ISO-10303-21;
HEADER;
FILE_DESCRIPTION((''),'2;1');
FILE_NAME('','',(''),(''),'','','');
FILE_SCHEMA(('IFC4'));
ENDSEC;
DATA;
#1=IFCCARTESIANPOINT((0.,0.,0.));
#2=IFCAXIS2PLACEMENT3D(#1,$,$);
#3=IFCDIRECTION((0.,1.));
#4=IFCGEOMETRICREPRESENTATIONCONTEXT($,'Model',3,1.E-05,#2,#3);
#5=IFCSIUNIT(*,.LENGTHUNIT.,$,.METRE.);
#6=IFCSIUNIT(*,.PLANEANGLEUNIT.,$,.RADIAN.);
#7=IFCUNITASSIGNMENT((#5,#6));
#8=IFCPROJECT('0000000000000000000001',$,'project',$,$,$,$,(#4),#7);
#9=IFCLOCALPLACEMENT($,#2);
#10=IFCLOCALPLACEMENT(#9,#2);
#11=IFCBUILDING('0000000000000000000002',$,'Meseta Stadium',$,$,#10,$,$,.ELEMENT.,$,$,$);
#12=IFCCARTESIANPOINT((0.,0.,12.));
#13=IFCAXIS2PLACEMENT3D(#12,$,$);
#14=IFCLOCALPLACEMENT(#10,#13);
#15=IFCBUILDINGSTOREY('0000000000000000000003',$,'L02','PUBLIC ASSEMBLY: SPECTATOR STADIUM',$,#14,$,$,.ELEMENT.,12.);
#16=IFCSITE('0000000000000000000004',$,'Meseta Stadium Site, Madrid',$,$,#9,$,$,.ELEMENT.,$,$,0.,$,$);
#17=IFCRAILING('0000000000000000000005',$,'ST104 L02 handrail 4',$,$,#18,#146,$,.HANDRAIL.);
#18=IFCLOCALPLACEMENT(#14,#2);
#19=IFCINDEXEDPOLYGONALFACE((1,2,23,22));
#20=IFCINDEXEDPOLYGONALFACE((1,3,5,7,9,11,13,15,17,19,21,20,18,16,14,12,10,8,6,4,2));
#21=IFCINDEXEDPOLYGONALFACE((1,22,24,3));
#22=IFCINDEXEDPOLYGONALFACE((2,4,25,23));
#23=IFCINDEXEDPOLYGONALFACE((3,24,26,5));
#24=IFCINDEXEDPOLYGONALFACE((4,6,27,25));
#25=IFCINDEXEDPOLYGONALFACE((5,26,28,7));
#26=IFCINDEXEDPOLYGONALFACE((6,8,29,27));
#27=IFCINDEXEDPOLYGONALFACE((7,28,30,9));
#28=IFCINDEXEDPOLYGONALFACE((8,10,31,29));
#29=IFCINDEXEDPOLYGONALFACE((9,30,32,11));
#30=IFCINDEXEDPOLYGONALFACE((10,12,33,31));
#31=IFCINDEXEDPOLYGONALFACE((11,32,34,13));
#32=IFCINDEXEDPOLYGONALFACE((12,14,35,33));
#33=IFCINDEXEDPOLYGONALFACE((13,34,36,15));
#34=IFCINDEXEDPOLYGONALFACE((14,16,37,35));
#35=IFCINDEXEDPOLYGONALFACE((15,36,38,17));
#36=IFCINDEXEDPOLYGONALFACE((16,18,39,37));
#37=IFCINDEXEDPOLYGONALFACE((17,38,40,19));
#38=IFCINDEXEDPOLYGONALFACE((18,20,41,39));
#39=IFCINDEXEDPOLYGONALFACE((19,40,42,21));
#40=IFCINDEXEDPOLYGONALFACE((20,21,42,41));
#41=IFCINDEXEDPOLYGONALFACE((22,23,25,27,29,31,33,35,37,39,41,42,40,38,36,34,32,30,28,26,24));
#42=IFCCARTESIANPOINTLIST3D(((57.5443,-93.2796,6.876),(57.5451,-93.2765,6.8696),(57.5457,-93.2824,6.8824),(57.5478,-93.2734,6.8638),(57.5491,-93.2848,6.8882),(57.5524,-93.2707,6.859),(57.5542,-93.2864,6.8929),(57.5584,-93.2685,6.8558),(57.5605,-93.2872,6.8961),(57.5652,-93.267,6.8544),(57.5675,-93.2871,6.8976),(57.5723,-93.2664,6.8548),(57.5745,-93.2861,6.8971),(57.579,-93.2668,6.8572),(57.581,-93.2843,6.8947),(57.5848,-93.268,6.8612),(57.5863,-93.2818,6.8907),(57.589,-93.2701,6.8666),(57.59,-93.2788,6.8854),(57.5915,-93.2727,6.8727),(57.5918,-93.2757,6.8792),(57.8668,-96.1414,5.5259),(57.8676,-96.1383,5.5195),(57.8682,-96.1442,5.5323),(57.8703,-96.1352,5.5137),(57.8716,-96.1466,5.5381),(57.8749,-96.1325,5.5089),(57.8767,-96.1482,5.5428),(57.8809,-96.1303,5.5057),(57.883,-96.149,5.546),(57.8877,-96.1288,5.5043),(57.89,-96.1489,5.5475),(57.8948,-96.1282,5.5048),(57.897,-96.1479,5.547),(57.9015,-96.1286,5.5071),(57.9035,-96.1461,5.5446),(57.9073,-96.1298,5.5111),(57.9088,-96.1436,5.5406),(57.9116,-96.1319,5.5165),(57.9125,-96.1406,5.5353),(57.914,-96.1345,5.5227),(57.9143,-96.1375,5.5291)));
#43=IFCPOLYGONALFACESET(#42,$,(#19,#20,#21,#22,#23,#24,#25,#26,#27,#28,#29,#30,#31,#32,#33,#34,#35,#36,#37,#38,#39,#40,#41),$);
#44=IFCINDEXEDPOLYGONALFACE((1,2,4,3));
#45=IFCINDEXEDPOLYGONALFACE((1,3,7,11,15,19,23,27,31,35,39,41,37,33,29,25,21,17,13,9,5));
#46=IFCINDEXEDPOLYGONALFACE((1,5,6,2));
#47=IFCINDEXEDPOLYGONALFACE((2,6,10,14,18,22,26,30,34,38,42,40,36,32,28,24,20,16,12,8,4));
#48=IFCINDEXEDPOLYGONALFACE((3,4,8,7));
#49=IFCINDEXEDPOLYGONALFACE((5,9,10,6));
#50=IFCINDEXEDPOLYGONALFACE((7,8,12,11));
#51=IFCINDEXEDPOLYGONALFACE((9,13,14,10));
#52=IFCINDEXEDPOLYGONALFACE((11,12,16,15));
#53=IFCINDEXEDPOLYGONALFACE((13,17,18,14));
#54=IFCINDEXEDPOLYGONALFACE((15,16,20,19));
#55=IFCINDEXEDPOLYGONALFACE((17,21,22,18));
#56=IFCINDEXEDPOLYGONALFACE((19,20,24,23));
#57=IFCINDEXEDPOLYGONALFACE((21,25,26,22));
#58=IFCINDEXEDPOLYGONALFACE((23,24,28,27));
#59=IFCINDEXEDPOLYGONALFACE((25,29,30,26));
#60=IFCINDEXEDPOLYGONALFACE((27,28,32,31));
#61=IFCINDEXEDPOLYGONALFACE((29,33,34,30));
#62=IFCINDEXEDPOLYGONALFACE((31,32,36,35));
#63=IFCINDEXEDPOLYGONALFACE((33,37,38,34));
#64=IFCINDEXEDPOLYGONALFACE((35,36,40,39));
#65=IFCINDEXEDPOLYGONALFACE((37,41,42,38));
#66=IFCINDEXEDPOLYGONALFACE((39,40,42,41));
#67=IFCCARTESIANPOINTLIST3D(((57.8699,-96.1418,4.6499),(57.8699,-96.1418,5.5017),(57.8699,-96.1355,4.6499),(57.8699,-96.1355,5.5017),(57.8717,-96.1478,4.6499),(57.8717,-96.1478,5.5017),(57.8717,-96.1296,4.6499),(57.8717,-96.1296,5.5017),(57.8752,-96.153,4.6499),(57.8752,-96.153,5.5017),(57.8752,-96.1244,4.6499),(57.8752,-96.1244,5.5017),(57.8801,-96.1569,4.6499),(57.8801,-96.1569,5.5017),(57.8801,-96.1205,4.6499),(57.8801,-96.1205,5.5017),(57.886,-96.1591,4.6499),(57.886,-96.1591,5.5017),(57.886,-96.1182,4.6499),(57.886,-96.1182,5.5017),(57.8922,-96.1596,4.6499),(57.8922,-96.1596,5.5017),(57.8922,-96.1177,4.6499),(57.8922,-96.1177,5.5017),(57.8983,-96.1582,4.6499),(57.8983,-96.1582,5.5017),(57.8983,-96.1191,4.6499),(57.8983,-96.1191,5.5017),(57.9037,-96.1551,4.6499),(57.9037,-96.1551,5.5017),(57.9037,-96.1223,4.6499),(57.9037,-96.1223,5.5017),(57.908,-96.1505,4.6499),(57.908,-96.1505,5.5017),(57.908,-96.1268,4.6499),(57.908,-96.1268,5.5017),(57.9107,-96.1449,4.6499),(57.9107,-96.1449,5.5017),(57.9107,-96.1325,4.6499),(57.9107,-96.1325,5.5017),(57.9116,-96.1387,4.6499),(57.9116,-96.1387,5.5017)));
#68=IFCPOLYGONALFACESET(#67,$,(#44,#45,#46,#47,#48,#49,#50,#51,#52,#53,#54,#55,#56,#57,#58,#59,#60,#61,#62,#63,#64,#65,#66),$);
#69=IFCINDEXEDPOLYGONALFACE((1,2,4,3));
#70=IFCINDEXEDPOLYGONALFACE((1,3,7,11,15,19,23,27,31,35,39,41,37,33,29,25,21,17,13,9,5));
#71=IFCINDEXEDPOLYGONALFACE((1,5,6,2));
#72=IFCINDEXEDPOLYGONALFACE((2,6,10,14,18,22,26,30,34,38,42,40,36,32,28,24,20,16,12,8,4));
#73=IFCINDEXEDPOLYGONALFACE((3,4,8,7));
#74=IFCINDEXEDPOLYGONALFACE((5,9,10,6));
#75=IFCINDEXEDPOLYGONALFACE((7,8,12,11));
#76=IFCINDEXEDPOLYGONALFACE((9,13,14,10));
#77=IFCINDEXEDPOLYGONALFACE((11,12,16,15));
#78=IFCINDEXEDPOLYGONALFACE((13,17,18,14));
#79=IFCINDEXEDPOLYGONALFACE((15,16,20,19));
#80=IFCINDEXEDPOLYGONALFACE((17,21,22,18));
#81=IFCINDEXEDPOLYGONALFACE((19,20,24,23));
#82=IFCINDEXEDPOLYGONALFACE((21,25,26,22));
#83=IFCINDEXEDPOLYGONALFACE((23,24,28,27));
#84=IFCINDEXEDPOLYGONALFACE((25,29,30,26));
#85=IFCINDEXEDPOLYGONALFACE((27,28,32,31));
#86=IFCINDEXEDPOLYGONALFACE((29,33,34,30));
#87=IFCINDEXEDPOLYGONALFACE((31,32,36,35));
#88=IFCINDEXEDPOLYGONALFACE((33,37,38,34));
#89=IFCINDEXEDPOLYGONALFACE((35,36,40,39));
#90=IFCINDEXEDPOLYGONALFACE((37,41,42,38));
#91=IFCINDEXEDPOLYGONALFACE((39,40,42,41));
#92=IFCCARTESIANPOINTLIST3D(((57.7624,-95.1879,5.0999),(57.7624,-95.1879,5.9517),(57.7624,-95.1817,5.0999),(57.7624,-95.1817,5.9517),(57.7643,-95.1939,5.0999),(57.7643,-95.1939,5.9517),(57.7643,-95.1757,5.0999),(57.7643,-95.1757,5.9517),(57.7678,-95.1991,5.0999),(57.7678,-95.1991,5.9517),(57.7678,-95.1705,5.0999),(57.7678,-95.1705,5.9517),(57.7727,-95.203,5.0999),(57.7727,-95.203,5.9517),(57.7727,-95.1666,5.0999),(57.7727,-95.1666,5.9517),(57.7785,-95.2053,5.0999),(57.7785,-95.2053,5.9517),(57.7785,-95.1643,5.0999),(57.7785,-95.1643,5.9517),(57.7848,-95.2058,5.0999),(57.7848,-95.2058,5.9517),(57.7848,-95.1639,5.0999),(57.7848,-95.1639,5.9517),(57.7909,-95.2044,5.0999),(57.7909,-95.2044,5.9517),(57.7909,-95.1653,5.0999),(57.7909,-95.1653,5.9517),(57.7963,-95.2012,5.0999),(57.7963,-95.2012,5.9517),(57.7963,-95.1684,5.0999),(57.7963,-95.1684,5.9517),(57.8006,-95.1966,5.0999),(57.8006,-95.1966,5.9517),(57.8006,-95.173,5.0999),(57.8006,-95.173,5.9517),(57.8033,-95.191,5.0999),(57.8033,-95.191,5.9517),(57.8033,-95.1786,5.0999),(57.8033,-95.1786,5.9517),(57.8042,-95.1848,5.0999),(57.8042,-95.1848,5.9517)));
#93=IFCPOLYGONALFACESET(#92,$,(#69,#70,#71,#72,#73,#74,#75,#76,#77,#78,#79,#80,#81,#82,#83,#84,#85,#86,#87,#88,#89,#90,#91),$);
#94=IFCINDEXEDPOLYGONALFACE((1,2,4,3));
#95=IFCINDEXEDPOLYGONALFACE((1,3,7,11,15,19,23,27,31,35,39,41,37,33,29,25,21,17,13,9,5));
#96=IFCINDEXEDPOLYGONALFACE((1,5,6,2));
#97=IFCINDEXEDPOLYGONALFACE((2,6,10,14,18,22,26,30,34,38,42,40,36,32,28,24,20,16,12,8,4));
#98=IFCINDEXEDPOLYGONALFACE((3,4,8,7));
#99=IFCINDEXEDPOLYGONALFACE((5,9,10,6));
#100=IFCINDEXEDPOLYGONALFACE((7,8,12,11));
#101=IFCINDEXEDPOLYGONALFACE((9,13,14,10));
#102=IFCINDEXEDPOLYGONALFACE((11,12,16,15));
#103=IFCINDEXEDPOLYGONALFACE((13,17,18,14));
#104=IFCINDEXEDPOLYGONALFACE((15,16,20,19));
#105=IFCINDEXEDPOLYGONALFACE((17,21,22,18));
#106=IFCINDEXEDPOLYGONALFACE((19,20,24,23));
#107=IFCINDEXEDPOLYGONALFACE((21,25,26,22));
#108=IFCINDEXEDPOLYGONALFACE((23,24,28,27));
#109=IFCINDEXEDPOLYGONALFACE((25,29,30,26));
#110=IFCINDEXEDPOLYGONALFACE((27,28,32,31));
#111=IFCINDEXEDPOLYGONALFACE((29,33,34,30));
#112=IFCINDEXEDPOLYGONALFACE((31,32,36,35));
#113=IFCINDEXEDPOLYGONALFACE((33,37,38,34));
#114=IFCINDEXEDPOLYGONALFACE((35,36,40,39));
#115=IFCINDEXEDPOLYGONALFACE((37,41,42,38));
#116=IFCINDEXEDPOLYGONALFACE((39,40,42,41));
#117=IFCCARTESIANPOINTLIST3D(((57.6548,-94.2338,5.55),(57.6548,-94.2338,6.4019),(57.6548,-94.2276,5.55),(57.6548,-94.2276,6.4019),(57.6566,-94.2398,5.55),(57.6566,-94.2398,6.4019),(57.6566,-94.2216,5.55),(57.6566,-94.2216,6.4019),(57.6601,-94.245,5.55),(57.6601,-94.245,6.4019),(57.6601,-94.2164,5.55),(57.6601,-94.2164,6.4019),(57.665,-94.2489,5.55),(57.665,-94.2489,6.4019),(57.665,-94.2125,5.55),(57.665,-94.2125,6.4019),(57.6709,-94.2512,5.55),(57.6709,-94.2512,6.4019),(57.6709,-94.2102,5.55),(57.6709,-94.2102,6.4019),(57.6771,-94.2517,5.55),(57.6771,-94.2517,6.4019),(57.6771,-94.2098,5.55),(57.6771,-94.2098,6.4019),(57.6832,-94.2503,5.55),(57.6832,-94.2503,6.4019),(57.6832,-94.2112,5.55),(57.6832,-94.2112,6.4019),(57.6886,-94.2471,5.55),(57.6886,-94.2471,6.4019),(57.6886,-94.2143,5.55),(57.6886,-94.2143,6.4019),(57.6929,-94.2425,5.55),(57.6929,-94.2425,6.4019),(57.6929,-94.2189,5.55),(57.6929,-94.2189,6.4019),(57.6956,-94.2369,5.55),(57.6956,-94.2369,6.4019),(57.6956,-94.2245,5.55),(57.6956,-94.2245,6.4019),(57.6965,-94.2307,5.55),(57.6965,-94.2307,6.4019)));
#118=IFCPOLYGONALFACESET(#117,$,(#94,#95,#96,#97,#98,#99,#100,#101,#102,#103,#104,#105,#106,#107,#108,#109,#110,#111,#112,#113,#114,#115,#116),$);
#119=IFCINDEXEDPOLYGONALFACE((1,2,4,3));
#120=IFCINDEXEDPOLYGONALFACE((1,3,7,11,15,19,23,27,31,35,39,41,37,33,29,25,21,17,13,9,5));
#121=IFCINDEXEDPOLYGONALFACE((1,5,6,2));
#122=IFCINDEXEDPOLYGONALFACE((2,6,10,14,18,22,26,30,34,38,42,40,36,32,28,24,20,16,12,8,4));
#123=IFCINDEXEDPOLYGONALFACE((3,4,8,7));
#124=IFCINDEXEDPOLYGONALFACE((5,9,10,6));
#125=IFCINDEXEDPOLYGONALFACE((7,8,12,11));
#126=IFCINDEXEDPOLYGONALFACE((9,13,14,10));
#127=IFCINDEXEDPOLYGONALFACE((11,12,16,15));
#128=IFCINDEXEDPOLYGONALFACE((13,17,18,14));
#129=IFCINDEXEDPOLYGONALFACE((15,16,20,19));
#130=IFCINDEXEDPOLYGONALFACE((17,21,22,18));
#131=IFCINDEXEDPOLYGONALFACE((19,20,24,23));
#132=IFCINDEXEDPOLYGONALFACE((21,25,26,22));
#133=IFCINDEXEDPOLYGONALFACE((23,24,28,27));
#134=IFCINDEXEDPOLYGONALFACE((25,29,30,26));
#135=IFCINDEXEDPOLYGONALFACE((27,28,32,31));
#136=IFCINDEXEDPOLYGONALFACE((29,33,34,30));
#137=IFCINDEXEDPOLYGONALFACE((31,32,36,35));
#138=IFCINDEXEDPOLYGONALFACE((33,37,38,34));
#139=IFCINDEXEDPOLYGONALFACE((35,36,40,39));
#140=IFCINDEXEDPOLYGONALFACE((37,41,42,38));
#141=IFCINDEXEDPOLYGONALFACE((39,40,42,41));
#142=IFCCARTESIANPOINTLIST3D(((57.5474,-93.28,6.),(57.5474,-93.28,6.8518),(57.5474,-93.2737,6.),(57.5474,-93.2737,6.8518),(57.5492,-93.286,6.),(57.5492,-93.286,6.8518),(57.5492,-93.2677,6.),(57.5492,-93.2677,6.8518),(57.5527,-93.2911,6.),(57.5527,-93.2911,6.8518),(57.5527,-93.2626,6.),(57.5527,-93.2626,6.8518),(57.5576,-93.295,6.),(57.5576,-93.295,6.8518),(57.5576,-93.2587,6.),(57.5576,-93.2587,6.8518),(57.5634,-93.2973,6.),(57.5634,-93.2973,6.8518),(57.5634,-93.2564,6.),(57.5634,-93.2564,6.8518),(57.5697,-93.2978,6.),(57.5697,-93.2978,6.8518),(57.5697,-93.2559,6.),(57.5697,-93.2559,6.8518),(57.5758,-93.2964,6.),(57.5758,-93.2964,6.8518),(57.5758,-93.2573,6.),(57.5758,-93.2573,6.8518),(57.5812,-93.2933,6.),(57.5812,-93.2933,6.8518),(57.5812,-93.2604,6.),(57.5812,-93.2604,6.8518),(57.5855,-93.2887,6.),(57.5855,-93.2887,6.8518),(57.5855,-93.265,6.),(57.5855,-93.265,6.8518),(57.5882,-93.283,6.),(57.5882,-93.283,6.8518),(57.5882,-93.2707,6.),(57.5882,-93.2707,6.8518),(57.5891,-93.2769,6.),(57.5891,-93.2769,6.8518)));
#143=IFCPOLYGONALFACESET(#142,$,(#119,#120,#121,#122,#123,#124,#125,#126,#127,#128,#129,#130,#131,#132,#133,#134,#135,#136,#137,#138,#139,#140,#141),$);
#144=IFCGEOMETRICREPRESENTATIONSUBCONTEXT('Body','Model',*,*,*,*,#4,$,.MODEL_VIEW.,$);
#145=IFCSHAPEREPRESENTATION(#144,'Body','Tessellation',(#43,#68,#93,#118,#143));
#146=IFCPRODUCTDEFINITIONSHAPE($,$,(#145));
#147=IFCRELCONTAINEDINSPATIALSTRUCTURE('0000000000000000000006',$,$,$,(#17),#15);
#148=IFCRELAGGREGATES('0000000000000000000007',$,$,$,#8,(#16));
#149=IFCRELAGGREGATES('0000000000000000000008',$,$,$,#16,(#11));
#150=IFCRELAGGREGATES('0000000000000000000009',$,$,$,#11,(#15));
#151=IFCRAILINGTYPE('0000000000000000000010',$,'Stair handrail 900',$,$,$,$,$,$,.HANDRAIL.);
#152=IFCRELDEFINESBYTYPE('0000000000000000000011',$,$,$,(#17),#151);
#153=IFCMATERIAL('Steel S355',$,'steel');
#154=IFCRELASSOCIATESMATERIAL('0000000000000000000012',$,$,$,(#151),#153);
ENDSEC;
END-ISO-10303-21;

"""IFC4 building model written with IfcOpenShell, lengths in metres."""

from ifc_helpers import new_model, si_unit, direction, frame, origin, origin_2d, place, context, subcontext, project, spatial, circle, extrude, material, type_object, element, save


model = new_model("IFC4")

# Units and contexts
model_context = context("Model", 3, precision=1e-05, world=origin(), true_north=direction((0.0, 1.0)))
body_context = subcontext(model_context, "Body", "Model", "MODEL_VIEW")
ifc_project = project(units=[si_unit("LENGTHUNIT", "METRE"), si_unit("PLANEANGLEUNIT", "RADIAN")], contexts=[model_context])

# Site, building, storey
site_placement = place(None, origin())
site = spatial("IfcSite", under=ifc_project, at=site_placement, Name="Meseta Stadium Site, Madrid", CompositionType="ELEMENT", RefElevation=0.0)
building_placement = place(site_placement, origin())
building = spatial("IfcBuilding", under=site, at=building_placement, Name="Meseta Stadium", CompositionType="ELEMENT")
storey_placement = place(building_placement, frame((0.0, 0.0, 12.0)))
storey = spatial("IfcBuildingStorey", under=building, at=storey_placement, Name="L02", Description="PUBLIC ASSEMBLY: SPECTATOR STADIUM", CompositionType="ELEMENT", Elevation=12.0)

# Railing
ifc_material_1 = material(Name="Steel S355", Category="steel")
railing_type_1 = type_object("IfcRailingType", Name="Stair handrail 900", PredefinedType="HANDRAIL", material=ifc_material_1)
railing_1_placement = place(storey_placement, frame((57.8906, -96.1387, 4.6499)))
element("IfcRailing", 1, at=railing_1_placement, inside=storey, type_object=railing_type_1, Name="ST104 L02 handrail 4", PredefinedType="HANDRAIL", context=body_context, shape_type="SweptSolid", body=[
    extrude(circle(Radius=0.0239, at=origin_2d()), frame((0.0, 0.0, 0.876), z_axis=(-0.101396, 0.899748, 0.424467), x_axis=(-0.99371, -0.111985, 0.0)), (0.0, 0.0, 1.0), 3.1807),
    extrude(circle(Radius=0.021, at=origin_2d()), origin(), (0.0, 0.0, 1.0), 0.8518),
    extrude(circle(Radius=0.021, at=origin_2d()), frame((-0.1074, 0.9539, 0.45)), (0.0, 0.0, 1.0), 0.8518),
    extrude(circle(Radius=0.021, at=origin_2d()), frame((-0.2151, 1.908, 0.9001)), (0.0, 0.0, 1.0), 0.8518),
    extrude(circle(Radius=0.021, at=origin_2d()), frame((-0.3225, 2.8618, 1.3501)), (0.0, 0.0, 1.0), 0.8518),
])

save(model, "model.ifc")
